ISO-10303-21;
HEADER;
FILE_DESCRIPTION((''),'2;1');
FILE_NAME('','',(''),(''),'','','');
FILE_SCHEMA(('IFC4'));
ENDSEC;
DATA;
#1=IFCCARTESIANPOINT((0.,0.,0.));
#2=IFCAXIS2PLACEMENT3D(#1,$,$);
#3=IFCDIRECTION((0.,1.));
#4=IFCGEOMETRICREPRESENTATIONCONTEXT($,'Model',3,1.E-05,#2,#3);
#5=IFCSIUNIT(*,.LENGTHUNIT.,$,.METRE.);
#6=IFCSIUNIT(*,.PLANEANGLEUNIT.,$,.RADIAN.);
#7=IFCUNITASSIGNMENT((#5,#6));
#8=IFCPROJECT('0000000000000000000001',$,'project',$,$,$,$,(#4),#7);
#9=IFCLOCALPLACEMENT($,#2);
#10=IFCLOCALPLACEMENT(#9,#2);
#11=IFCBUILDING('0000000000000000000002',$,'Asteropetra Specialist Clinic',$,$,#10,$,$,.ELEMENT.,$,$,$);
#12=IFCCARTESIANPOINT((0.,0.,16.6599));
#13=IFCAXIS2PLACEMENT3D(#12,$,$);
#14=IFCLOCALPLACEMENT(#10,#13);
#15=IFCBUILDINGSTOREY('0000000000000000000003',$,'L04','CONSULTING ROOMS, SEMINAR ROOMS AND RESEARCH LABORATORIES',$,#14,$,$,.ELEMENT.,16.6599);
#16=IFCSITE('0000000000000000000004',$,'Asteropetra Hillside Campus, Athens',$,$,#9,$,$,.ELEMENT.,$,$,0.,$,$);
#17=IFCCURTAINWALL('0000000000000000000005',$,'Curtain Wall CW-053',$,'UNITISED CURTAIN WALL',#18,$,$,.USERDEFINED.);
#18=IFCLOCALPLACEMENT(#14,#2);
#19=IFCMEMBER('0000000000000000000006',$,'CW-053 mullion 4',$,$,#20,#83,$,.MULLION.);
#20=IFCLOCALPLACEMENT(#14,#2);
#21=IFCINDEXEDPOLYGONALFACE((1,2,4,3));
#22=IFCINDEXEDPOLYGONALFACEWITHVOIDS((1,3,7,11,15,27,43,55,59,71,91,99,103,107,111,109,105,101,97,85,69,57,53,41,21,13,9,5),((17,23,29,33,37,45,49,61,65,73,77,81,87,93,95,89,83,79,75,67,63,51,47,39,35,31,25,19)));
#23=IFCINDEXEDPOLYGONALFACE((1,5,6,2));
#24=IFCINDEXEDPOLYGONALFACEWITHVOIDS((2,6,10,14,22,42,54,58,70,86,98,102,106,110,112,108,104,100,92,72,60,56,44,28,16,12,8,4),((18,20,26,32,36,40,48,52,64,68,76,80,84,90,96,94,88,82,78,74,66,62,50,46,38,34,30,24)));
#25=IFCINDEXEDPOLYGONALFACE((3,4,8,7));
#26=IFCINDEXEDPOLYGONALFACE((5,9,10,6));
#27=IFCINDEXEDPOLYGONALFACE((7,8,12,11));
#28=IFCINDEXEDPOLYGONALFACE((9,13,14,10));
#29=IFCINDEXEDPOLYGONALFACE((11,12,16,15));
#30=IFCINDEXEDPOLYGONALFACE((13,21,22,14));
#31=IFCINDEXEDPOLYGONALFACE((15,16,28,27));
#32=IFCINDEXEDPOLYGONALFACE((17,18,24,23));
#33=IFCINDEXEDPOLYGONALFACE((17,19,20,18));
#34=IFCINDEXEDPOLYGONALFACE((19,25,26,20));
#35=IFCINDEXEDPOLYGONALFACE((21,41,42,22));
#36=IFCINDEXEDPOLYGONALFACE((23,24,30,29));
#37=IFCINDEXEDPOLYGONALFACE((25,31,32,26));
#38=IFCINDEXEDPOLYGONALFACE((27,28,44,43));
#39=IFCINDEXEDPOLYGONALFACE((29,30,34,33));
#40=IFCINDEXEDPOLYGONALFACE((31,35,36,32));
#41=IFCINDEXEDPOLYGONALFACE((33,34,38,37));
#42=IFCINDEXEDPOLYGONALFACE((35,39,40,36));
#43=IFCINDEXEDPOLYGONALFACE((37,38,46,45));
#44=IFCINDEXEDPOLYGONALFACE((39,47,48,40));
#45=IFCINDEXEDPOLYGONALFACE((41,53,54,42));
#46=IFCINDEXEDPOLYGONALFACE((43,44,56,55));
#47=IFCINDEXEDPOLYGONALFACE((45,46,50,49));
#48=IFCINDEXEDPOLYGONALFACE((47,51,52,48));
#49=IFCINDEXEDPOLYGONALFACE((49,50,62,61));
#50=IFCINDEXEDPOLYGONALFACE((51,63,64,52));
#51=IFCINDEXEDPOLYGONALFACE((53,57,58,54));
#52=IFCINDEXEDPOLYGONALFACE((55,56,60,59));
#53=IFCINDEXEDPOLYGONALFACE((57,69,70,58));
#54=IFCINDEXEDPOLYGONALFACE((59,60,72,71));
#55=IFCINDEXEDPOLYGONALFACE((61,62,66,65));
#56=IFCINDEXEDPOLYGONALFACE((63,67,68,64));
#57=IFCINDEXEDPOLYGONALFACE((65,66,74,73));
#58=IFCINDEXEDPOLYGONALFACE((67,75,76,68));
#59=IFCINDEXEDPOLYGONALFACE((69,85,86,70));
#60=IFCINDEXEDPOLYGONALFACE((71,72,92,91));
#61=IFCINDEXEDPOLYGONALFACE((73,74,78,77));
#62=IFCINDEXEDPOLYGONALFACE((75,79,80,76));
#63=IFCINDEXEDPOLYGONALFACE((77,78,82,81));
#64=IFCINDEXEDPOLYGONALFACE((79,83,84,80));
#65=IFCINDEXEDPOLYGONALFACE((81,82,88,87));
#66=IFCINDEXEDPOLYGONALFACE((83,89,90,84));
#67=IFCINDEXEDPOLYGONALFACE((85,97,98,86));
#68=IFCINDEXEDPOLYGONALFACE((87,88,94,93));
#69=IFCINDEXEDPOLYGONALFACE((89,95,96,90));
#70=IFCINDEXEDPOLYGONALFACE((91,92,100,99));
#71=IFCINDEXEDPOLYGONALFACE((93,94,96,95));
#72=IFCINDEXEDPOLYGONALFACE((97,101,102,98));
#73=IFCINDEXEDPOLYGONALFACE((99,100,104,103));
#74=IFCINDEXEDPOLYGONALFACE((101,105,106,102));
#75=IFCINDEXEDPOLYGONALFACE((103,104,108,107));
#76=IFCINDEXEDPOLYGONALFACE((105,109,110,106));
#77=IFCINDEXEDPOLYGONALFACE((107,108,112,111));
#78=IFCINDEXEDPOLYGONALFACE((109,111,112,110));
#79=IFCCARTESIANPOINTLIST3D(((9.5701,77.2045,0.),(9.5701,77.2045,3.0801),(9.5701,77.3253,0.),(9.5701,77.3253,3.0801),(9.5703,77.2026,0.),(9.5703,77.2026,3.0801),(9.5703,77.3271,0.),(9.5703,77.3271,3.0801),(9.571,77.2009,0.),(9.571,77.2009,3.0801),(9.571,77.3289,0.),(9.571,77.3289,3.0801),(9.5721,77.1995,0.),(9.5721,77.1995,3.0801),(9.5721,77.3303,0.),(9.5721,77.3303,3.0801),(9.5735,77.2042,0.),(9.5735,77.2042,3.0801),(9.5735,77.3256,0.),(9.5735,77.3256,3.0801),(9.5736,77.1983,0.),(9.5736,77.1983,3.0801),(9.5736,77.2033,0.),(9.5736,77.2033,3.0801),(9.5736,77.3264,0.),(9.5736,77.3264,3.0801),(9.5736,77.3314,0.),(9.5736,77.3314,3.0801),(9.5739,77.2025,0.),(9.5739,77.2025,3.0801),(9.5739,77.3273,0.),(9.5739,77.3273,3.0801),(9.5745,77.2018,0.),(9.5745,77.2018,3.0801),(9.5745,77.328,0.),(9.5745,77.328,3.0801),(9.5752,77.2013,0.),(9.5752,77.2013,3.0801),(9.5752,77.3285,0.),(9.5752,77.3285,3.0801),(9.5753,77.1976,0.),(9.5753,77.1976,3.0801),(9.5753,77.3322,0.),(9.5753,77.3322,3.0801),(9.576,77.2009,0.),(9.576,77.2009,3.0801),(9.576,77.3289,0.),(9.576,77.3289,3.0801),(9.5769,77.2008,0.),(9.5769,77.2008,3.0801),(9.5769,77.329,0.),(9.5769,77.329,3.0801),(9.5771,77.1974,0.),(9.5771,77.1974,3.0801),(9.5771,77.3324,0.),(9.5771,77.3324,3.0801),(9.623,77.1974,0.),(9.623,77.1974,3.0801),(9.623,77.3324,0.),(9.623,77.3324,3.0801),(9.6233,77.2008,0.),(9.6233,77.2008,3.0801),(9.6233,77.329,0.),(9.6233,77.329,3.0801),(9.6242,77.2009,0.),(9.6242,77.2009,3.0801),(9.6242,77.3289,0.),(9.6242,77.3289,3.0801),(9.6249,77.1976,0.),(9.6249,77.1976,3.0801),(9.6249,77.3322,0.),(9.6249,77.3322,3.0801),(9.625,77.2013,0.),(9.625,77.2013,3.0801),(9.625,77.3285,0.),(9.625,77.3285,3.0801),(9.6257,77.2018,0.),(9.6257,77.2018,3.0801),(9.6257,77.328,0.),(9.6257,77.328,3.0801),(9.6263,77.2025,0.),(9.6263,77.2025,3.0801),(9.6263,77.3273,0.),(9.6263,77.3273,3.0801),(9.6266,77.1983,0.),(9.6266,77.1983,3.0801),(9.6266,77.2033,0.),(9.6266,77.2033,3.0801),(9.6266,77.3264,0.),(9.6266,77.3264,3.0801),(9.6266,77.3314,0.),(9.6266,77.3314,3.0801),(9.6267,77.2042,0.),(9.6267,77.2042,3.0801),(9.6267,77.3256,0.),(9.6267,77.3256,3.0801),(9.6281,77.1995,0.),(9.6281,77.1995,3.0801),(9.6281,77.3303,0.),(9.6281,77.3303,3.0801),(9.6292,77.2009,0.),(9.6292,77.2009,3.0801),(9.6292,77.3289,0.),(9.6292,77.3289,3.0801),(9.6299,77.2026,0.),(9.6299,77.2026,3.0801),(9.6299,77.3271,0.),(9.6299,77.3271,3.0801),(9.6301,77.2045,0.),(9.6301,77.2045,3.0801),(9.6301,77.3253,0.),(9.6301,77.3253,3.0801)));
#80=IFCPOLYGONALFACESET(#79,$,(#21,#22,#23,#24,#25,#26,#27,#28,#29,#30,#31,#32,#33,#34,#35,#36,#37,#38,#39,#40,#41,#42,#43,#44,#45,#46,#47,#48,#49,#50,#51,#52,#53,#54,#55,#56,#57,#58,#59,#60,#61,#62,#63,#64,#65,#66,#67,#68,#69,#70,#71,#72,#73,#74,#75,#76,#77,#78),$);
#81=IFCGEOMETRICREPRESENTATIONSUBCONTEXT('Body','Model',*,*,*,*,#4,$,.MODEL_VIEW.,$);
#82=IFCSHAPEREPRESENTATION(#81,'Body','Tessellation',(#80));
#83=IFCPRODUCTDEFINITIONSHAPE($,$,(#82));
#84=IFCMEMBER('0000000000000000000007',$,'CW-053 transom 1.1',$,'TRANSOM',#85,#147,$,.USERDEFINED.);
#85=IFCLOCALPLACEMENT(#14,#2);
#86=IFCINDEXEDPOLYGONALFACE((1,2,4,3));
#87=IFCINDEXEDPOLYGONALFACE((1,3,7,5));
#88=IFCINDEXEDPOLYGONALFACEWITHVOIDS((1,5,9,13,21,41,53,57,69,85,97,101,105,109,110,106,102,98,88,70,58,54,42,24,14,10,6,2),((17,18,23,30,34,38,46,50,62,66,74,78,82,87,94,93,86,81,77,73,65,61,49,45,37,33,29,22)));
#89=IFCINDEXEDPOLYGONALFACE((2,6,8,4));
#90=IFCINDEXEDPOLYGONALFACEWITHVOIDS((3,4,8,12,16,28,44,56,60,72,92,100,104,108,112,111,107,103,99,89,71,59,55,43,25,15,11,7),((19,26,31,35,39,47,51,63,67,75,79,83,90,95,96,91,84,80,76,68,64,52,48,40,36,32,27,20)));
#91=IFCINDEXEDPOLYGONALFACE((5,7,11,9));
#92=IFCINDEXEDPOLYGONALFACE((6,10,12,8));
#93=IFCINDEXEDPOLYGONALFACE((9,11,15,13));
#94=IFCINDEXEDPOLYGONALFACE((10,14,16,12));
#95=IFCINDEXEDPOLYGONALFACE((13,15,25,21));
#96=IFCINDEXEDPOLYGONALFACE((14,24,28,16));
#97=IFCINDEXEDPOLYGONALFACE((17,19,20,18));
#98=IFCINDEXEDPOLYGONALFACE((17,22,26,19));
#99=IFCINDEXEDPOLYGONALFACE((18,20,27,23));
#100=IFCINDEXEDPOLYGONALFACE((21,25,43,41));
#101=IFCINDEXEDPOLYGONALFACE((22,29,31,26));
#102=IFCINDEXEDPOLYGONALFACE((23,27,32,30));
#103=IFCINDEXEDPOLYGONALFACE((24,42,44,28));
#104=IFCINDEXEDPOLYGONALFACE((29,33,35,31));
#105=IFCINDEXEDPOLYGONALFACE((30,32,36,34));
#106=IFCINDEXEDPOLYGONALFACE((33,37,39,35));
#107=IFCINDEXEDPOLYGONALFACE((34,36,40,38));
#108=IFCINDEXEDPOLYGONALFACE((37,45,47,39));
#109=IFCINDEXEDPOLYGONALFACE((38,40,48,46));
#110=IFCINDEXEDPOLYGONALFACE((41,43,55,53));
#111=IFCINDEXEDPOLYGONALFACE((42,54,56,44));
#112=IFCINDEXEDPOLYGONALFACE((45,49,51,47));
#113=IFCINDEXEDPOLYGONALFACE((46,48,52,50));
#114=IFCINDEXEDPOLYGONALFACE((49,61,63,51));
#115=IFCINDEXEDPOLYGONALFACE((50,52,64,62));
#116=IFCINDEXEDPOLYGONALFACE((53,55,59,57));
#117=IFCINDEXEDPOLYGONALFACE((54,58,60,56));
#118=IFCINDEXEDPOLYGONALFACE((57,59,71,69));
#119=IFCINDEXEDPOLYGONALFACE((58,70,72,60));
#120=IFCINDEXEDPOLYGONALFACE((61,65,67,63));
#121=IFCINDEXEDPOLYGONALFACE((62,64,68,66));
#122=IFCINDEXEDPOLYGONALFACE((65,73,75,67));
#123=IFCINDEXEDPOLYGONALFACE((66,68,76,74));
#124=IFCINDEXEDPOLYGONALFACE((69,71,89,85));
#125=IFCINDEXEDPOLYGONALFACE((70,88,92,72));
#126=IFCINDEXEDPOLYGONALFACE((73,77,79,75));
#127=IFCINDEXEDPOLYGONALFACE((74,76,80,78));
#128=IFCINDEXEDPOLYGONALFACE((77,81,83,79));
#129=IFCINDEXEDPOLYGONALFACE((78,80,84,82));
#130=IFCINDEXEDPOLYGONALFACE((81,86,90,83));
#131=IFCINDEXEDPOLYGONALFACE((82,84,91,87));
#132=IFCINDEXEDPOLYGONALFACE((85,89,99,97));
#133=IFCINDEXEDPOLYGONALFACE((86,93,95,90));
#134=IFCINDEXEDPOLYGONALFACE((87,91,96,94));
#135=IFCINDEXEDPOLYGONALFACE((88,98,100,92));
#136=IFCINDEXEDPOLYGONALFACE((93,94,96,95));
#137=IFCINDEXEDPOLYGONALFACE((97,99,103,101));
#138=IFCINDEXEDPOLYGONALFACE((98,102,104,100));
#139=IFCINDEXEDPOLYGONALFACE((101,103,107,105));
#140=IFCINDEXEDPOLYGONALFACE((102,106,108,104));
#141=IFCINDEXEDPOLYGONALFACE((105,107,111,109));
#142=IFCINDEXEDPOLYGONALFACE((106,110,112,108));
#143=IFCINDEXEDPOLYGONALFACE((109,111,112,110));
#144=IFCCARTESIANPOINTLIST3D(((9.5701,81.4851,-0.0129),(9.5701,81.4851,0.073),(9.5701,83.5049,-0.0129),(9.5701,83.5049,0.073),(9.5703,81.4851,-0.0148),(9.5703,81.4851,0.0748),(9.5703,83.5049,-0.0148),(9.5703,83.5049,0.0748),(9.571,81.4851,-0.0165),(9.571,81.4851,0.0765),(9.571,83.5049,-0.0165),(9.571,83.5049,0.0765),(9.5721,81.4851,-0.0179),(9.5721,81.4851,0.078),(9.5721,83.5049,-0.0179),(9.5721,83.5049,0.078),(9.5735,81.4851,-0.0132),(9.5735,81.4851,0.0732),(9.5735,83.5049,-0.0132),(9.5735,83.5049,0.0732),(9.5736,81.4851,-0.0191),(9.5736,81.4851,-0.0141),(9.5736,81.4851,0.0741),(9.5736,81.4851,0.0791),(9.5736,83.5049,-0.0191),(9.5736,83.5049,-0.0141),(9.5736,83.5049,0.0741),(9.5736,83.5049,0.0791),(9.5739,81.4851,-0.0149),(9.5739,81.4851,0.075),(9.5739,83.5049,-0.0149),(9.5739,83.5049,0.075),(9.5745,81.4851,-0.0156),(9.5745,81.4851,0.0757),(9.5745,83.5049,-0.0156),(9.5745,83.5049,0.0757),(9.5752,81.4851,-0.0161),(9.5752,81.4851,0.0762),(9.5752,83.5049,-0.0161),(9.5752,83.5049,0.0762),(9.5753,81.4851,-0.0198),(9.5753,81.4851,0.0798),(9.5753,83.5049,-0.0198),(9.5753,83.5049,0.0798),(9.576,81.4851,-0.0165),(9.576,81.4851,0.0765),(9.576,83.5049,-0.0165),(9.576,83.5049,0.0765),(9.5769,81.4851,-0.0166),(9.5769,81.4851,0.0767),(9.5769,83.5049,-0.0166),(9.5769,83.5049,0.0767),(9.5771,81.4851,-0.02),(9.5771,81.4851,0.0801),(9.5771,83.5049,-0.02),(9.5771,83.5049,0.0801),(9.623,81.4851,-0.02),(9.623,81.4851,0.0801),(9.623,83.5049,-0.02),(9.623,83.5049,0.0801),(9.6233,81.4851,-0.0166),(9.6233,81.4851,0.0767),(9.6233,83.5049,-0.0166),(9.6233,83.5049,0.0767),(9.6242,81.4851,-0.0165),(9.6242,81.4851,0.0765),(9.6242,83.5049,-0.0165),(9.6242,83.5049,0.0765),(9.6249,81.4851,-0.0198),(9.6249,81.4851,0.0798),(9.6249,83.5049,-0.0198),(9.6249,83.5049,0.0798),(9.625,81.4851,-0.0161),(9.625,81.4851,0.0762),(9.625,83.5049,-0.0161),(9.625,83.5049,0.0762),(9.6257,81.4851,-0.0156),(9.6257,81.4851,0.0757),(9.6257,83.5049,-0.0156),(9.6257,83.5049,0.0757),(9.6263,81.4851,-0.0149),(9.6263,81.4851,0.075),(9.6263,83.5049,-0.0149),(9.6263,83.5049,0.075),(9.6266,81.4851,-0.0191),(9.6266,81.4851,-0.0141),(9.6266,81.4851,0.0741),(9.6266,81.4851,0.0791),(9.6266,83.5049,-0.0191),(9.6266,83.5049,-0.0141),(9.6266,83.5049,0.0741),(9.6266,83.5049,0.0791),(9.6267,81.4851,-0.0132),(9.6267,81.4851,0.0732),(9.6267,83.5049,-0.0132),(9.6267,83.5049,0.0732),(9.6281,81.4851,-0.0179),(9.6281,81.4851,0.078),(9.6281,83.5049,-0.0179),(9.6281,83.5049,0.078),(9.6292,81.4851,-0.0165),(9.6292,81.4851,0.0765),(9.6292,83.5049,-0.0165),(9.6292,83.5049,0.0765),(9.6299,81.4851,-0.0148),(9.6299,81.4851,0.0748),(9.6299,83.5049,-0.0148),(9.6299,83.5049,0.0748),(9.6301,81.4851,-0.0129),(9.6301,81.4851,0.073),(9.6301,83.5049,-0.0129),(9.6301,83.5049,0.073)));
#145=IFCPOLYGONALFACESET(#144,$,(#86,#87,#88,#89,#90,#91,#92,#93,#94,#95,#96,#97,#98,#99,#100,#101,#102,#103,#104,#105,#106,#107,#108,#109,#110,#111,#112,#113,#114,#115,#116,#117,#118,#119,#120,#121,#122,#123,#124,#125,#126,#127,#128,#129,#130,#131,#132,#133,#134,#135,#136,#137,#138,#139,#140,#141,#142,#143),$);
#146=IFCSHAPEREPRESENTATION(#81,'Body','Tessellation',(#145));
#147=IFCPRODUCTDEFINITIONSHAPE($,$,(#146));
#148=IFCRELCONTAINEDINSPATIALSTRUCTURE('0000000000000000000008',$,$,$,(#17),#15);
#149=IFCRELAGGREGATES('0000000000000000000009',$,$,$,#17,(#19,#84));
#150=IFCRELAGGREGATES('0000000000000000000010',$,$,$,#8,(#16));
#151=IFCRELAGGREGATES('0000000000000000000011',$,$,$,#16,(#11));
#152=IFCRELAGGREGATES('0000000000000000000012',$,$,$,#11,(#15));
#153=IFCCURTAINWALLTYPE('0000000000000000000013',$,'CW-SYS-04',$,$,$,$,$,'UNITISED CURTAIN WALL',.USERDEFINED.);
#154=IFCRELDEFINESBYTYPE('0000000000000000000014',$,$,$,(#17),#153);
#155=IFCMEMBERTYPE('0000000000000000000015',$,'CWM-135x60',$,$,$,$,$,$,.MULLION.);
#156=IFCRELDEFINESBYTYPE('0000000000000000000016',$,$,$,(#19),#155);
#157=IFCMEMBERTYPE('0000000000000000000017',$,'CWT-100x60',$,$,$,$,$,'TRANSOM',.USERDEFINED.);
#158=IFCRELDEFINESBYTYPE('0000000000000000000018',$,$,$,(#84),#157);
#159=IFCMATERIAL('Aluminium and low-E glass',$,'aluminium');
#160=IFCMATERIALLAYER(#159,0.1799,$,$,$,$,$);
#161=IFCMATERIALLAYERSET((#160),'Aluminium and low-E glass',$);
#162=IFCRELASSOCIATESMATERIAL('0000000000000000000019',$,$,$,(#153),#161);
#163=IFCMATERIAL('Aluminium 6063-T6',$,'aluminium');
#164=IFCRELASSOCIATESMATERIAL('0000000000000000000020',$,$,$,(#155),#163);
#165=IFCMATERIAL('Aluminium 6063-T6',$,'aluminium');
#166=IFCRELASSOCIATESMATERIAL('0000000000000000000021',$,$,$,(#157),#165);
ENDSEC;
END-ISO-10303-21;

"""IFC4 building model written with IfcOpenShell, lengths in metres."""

from ifc_helpers import new_model, si_unit, direction, frame, origin, origin_2d, place, context, subcontext, project, spatial, hollow_rectangle, extrude, material, layer, layer_set, material_profile, profile_set, type_object, element, aggregate, save


model = new_model("IFC4")

# Units and contexts
model_context = context("Model", 3, precision=1e-05, world=origin(), true_north=direction((0.0, 1.0)))
body_context = subcontext(model_context, "Body", "Model", "MODEL_VIEW")
ifc_project = project(units=[si_unit("LENGTHUNIT", "METRE"), si_unit("PLANEANGLEUNIT", "RADIAN")], contexts=[model_context])

# Site, building, storey
site_placement = place(None, origin())
site = spatial("IfcSite", under=ifc_project, at=site_placement, Name="Asteropetra Hillside Campus, Athens", CompositionType="ELEMENT", RefElevation=0.0)
building_placement = place(site_placement, origin())
building = spatial("IfcBuilding", under=site, at=building_placement, Name="Asteropetra Specialist Clinic", CompositionType="ELEMENT")
storey_placement = place(building_placement, frame((0.0, 0.0, 16.6599)))
storey = spatial("IfcBuildingStorey", under=building, at=storey_placement, Name="L04", Description="CONSULTING ROOMS, SEMINAR ROOMS AND RESEARCH LABORATORIES", CompositionType="ELEMENT", Elevation=16.6599)

# Curtain wall, members
ifc_material_1 = material(Name="Aluminium and low-E glass", Category="aluminium")
ifc_layer_1 = layer(ifc_material_1, 0.1799)
ifc_layer_set_1 = layer_set([ifc_layer_1], Name="Aluminium and low-E glass")
curtain_wall_type_1 = type_object("IfcCurtainWallType", Name="CW-SYS-04", ElementType="UNITISED CURTAIN WALL", PredefinedType="USERDEFINED", material=ifc_layer_set_1)
curtain_wall_1_placement = place(storey_placement, origin())
curtain_wall_1 = element("IfcCurtainWall", 1, at=curtain_wall_1_placement, inside=storey, type_object=curtain_wall_type_1, Name="Curtain Wall CW-053", ObjectType="UNITISED CURTAIN WALL", PredefinedType="USERDEFINED")
ifc_material_2 = material(Name="Aluminium 6063-T6", Category="aluminium")
ifc_material_profile_1 = material_profile(ifc_material_2, hollow_rectangle(XDim=0.0601, YDim=0.135, WallThickness=0.0034, InnerFilletRadius=0.0034, OuterFilletRadius=0.0071, at=origin_2d()), Name="MUL 135x60x3.5")
ifc_profile_set_1 = profile_set([ifc_material_profile_1], Name="Aluminium 6063-T6")
member_type_1 = type_object("IfcMemberType", Name="CWM-135x60", PredefinedType="MULLION", material=ifc_profile_set_1)
member_1_placement = place(storey_placement, frame((9.6001, 77.2649, 0.0), z_axis=(0.0, 0.0, 1.0), x_axis=(1.0, 0.0, 0.0)))
member_1 = element("IfcMember", 2, at=member_1_placement, type_object=member_type_1, Name="CW-053 mullion 4", PredefinedType="MULLION", context=body_context, shape_type="SweptSolid", body=[
    extrude(hollow_rectangle(XDim=0.0601, YDim=0.135, WallThickness=0.0034, InnerFilletRadius=0.0034, OuterFilletRadius=0.0071, at=origin_2d()), origin(), (0.0, 0.0, 1.0), 3.0801),
])
ifc_material_3 = material(Name="Aluminium 6063-T6", Category="aluminium")
ifc_material_profile_2 = material_profile(ifc_material_3, hollow_rectangle(XDim=0.0601, YDim=0.1001, WallThickness=0.0034, InnerFilletRadius=0.0034, OuterFilletRadius=0.0071, at=origin_2d()), Name="TRN 100x60x3.5")
ifc_profile_set_2 = profile_set([ifc_material_profile_2], Name="Aluminium 6063-T6")
member_type_2 = type_object("IfcMemberType", Name="CWT-100x60", ElementType="TRANSOM", PredefinedType="USERDEFINED", material=ifc_profile_set_2)
member_2_placement = place(storey_placement, frame((9.6001, 83.5049, 0.03), z_axis=(0.0, -1.0, 0.0), x_axis=(1.0, 0.0, 0.0)))
member_2 = element("IfcMember", 3, at=member_2_placement, type_object=member_type_2, Name="CW-053 transom 1.1", ObjectType="TRANSOM", PredefinedType="USERDEFINED", context=body_context, shape_type="SweptSolid", body=[
    extrude(hollow_rectangle(XDim=0.0601, YDim=0.1001, WallThickness=0.0034, InnerFilletRadius=0.0034, OuterFilletRadius=0.0071, at=origin_2d()), origin(), (0.0, 0.0, 1.0), 2.0198),
])

aggregate(curtain_wall_1, [member_1, member_2])

save(model, "model.ifc")
